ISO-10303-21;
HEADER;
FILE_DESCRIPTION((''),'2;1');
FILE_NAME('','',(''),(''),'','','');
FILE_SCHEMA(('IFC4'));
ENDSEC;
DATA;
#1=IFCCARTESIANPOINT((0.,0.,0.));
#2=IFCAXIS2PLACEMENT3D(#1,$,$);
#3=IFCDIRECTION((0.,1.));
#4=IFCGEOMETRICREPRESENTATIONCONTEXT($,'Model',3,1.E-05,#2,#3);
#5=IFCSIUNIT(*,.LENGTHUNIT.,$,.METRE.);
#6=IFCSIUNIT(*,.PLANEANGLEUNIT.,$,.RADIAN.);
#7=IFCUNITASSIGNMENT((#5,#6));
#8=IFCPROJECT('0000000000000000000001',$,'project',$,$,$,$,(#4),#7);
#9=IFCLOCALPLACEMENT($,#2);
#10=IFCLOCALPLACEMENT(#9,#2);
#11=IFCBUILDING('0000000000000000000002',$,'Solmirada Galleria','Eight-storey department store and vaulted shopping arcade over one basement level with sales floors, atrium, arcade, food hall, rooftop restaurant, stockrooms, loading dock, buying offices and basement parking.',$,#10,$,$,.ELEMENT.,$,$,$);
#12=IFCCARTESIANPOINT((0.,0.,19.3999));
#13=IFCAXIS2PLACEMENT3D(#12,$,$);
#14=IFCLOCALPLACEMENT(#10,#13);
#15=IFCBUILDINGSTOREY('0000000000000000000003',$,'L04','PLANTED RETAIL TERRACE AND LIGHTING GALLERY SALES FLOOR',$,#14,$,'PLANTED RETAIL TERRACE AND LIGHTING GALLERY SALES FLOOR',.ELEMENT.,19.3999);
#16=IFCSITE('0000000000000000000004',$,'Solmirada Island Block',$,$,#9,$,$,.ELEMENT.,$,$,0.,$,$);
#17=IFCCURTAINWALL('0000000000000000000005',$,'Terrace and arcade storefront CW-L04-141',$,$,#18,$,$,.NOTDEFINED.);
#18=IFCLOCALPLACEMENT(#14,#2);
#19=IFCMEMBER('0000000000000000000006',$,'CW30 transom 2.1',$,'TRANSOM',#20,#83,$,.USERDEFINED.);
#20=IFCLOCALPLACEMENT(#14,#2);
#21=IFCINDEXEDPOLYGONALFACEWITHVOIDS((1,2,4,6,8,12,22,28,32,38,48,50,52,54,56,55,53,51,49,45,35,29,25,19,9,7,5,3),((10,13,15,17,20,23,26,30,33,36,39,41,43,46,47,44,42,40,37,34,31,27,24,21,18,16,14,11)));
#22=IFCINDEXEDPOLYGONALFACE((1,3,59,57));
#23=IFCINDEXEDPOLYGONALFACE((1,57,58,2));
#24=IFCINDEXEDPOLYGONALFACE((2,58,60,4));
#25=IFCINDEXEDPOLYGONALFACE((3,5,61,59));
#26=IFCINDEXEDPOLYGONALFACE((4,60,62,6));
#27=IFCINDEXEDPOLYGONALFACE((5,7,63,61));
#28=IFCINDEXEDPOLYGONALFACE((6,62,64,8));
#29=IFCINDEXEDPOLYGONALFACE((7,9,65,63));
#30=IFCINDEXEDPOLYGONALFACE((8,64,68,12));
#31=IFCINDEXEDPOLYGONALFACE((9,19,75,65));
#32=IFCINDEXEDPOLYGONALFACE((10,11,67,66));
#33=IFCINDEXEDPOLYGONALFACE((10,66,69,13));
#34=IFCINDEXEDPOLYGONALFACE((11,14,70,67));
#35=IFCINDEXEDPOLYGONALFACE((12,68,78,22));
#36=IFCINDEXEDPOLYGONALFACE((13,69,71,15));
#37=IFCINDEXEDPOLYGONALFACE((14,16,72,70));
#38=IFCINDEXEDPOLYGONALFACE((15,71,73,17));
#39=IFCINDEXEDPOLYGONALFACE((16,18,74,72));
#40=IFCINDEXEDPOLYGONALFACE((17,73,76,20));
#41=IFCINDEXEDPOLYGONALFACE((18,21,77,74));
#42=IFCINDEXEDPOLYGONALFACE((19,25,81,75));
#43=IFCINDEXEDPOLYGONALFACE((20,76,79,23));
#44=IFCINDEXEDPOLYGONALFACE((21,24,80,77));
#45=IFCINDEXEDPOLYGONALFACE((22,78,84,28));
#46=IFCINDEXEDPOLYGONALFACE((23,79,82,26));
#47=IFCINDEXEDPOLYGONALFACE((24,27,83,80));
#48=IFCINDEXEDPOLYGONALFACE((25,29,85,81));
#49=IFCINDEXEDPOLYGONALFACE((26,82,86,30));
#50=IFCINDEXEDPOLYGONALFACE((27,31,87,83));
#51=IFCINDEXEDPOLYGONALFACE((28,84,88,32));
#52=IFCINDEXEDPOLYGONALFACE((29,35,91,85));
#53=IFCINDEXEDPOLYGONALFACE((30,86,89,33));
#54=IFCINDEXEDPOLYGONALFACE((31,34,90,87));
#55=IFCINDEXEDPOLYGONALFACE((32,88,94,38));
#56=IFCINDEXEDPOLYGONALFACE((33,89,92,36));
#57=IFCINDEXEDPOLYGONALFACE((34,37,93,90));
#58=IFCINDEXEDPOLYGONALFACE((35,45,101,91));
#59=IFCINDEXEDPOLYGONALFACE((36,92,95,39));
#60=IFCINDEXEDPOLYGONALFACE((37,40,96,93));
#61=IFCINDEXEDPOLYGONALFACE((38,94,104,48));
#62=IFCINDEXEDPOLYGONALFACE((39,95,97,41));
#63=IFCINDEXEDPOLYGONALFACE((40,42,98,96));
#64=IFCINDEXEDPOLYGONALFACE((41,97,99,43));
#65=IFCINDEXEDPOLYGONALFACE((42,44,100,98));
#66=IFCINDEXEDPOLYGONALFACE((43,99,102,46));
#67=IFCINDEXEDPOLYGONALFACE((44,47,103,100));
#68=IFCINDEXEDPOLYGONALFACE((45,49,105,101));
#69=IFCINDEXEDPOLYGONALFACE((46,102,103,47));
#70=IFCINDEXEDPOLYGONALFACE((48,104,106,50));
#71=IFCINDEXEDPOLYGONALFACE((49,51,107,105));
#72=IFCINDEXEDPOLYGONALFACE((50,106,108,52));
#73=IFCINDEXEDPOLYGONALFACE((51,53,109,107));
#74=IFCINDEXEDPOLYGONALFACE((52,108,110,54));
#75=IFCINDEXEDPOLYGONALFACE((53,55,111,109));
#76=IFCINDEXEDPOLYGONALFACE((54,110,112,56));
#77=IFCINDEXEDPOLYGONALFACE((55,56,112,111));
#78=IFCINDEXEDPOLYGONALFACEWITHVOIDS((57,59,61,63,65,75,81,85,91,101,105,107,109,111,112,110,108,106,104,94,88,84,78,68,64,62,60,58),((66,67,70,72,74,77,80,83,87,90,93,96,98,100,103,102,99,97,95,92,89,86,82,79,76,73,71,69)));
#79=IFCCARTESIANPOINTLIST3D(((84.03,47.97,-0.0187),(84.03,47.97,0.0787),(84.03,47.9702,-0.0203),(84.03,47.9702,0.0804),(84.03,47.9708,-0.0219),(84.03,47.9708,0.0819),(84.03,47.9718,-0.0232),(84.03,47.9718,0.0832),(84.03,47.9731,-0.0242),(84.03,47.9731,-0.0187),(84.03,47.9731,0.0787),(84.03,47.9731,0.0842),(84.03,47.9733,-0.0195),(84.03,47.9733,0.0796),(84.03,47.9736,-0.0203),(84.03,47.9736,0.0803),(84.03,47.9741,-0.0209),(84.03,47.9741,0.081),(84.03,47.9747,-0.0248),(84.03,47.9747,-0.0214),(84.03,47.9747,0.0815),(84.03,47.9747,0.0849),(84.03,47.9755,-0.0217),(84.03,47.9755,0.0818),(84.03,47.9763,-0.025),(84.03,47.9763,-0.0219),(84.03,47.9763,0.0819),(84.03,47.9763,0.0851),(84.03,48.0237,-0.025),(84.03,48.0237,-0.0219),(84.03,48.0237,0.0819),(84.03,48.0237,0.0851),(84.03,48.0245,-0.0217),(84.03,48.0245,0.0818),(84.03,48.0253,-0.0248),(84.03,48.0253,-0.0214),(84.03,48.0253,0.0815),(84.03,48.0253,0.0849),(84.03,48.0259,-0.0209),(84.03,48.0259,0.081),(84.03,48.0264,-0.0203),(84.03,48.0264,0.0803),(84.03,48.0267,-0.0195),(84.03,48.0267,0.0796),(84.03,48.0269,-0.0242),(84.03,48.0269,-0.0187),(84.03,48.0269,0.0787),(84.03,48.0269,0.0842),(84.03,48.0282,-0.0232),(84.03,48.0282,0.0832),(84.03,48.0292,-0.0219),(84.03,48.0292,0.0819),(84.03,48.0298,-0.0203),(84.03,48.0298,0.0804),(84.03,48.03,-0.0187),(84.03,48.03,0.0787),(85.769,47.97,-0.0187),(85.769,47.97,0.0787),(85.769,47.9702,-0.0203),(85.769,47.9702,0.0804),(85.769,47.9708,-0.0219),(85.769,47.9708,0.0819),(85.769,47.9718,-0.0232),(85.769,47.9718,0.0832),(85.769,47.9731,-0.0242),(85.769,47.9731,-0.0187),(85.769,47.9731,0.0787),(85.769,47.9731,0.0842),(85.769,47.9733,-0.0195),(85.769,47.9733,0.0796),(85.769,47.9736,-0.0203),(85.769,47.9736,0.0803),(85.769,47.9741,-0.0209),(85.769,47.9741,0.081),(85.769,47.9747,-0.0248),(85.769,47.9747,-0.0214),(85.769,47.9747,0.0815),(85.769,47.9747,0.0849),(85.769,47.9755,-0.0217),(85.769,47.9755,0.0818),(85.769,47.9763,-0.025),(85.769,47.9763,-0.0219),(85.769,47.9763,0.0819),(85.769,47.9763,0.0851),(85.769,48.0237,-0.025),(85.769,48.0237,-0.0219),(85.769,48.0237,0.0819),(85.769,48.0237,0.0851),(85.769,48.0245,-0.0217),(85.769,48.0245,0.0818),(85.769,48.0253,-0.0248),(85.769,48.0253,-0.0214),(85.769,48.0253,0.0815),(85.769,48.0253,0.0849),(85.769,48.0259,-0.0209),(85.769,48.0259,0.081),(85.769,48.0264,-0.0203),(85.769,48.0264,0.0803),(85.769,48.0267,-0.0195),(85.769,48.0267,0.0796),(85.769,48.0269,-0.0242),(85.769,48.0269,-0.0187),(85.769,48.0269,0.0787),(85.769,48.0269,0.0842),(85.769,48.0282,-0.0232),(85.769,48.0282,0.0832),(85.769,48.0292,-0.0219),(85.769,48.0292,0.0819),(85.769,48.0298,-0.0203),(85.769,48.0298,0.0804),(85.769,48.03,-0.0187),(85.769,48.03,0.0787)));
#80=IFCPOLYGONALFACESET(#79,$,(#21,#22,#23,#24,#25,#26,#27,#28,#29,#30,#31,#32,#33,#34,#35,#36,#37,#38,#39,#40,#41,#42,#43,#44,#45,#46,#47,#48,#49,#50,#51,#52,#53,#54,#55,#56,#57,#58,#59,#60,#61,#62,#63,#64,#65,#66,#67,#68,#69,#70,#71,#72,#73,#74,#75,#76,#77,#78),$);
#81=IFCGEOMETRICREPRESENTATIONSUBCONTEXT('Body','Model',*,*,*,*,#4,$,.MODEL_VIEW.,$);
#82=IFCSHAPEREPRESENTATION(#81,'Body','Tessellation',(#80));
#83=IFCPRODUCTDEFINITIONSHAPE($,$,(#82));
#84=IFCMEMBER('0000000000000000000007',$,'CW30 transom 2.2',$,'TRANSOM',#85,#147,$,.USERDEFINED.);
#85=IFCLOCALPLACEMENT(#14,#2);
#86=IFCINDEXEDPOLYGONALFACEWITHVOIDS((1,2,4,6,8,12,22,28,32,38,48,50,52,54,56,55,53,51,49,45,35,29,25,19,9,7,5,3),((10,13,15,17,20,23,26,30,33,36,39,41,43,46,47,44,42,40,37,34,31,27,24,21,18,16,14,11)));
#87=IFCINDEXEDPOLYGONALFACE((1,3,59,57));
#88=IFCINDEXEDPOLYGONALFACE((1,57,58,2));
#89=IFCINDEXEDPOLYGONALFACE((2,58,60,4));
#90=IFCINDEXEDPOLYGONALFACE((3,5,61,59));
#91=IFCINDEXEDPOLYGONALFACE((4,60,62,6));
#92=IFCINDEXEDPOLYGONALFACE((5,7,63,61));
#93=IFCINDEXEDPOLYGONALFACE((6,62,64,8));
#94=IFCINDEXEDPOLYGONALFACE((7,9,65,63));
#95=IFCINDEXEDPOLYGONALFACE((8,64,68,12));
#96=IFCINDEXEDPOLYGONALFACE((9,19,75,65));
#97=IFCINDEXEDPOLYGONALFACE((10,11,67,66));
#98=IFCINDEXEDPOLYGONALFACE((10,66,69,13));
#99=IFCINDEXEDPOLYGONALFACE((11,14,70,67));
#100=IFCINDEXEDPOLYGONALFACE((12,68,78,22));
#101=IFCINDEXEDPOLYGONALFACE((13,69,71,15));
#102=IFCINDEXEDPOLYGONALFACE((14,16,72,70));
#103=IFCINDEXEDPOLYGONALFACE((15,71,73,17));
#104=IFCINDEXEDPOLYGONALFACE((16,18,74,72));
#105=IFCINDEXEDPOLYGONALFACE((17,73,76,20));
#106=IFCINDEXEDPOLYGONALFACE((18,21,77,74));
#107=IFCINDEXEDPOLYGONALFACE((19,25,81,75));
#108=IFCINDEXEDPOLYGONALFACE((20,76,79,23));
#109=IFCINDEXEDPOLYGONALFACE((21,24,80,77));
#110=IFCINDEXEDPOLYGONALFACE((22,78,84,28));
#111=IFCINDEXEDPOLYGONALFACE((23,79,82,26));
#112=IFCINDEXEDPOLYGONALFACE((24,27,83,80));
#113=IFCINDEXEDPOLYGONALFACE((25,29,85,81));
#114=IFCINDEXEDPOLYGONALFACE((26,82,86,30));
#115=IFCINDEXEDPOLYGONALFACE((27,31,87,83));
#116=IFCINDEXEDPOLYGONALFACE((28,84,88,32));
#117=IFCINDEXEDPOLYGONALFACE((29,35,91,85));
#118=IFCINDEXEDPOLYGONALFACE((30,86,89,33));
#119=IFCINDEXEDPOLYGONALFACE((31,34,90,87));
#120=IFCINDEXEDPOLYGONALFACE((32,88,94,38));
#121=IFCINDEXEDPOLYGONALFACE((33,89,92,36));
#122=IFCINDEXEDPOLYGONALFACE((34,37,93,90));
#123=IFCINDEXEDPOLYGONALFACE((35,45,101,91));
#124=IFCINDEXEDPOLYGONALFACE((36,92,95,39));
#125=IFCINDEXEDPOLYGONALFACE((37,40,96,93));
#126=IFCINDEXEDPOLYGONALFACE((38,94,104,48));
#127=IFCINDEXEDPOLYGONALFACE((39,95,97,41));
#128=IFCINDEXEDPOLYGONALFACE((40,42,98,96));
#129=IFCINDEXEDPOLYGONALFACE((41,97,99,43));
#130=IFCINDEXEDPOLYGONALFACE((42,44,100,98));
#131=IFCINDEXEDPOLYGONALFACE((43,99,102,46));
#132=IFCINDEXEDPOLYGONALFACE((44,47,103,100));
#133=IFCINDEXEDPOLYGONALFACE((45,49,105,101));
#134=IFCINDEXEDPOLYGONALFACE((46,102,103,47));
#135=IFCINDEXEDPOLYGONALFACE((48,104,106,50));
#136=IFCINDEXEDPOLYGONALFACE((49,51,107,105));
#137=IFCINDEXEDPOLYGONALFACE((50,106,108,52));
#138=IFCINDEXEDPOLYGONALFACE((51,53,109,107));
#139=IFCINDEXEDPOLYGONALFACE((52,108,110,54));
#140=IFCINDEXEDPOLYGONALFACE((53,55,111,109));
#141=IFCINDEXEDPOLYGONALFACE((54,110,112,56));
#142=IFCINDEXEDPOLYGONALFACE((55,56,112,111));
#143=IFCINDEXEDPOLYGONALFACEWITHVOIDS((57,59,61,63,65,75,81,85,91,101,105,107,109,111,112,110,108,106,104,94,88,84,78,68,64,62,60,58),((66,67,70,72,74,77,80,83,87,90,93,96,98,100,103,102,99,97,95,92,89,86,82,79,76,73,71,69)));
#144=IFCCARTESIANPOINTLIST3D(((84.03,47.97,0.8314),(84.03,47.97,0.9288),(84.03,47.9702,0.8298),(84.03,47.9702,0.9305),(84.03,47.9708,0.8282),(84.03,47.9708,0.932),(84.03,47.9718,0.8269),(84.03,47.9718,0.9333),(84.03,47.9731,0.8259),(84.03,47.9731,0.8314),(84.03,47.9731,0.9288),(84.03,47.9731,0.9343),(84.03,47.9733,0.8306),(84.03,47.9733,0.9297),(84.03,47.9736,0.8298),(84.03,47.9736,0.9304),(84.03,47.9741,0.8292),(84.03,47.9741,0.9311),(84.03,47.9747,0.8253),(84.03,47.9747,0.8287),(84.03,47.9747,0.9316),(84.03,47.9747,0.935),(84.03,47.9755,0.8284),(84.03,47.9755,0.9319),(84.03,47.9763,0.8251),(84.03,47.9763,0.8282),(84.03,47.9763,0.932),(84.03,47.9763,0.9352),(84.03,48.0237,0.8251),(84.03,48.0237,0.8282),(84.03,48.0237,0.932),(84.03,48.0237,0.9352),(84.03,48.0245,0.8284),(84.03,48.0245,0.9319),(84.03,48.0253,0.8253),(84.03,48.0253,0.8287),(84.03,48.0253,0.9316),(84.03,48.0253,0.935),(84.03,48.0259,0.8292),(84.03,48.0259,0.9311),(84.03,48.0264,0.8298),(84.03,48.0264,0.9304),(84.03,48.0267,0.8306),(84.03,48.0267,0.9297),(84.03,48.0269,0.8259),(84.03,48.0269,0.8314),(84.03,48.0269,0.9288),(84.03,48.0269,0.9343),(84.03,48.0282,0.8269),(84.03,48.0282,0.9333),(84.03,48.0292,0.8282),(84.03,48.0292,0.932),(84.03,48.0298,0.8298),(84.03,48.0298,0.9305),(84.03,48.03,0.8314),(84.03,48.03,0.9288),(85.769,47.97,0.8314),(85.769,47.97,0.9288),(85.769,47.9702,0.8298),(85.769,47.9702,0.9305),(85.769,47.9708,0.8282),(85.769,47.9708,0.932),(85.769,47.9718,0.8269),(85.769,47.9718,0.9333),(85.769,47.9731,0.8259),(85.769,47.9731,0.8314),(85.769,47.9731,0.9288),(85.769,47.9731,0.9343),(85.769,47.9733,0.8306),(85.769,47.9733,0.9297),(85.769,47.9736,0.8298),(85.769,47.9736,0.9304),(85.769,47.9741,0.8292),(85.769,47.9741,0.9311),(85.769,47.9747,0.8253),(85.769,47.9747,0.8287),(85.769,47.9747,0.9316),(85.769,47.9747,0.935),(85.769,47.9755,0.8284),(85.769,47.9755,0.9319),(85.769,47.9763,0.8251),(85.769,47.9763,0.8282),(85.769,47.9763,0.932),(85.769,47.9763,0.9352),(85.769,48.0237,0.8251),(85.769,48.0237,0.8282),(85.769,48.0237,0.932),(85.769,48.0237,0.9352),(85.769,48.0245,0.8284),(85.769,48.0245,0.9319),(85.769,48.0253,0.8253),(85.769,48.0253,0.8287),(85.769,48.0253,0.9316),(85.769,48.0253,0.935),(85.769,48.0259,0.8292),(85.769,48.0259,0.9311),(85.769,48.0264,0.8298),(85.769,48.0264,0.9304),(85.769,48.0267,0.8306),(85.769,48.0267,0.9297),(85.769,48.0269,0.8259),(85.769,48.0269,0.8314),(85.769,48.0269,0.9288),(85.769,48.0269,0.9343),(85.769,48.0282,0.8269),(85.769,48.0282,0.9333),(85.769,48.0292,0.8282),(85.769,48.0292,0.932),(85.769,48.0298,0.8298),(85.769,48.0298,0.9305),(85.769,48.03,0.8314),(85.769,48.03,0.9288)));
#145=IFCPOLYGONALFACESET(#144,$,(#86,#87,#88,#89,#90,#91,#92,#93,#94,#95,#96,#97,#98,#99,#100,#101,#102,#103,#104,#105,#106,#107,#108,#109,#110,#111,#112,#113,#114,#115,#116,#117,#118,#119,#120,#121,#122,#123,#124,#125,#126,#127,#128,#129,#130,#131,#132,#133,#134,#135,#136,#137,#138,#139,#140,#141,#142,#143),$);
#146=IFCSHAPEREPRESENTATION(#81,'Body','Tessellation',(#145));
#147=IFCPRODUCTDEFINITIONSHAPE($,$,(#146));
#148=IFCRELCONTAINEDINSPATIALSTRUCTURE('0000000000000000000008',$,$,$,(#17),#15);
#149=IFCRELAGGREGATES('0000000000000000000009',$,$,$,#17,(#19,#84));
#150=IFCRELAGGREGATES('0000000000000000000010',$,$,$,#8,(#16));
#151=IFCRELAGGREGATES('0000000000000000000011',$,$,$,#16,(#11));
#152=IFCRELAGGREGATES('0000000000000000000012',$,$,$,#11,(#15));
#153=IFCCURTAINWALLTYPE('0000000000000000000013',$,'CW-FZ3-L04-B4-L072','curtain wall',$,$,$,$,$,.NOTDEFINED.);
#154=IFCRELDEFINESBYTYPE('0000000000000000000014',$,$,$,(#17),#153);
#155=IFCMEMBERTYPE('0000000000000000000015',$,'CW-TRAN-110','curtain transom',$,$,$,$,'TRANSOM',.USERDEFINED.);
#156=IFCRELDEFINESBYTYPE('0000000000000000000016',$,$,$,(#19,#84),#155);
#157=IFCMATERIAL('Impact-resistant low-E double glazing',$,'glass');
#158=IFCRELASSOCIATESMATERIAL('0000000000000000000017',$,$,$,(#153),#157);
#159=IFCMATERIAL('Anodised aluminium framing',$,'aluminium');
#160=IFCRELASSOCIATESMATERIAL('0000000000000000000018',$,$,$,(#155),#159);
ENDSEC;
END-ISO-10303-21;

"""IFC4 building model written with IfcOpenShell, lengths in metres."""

from ifc_helpers import new_model, si_unit, direction, frame, origin, origin_2d, place, context, subcontext, project, spatial, hollow_rectangle, extrude, material, material_profile, profile_set, type_object, element, aggregate, save


model = new_model("IFC4")

# Units and contexts
model_context = context("Model", 3, precision=1e-05, world=origin(), true_north=direction((0.0, 1.0)))
body_context = subcontext(model_context, "Body", "Model", "MODEL_VIEW")
ifc_project = project(units=[si_unit("LENGTHUNIT", "METRE"), si_unit("PLANEANGLEUNIT", "RADIAN")], contexts=[model_context])

# Site, building, storey
site_placement = place(None, origin())
site = spatial("IfcSite", under=ifc_project, at=site_placement, Name="Solmirada Island Block", CompositionType="ELEMENT", RefElevation=0.0)
building_placement = place(site_placement, origin())
building = spatial("IfcBuilding", under=site, at=building_placement, Name="Solmirada Galleria", Description="Eight-storey department store and vaulted shopping arcade over one basement level with sales floors, atrium, arcade, food hall, rooftop restaurant, stockrooms, loading dock, buying offices and basement parking.", CompositionType="ELEMENT")
storey_placement = place(building_placement, frame((0.0, 0.0, 19.3999)))
storey = spatial("IfcBuildingStorey", under=building, at=storey_placement, Name="L04", Description="PLANTED RETAIL TERRACE AND LIGHTING GALLERY SALES FLOOR", LongName="PLANTED RETAIL TERRACE AND LIGHTING GALLERY SALES FLOOR", CompositionType="ELEMENT", Elevation=19.3999)

# Curtain wall, members
ifc_material_1 = material(Name="Impact-resistant low-E double glazing", Category="glass")
curtain_wall_type = type_object("IfcCurtainWallType", Name="CW-FZ3-L04-B4-L072", Description="curtain wall", PredefinedType="NOTDEFINED", material=ifc_material_1)
curtain_wall_placement = place(storey_placement, origin())
curtain_wall = element("IfcCurtainWall", 1, at=curtain_wall_placement, inside=storey, type_object=curtain_wall_type, Name="Terrace and arcade storefront CW-L04-141", PredefinedType="NOTDEFINED")
ifc_material_2 = material(Name="Anodised aluminium framing", Category="aluminium")
ifc_material_profile_1 = material_profile(ifc_material_2, hollow_rectangle(XDim=0.0601, YDim=0.1101, WallThickness=0.0032, InnerFilletRadius=0.0032, OuterFilletRadius=0.0063, at=origin_2d()), Name="ALU-TRAN-110X60")
ifc_profile_set_1 = profile_set([ifc_material_profile_1], Name="Anodised aluminium framing")
member_type_1 = type_object("IfcMemberType", Name="CW-TRAN-110", Description="curtain transom", ElementType="TRANSOM", PredefinedType="USERDEFINED", material=ifc_profile_set_1)
member_1_placement = place(storey_placement, frame((85.769, 48.0, 0.03), z_axis=(-1.0, 0.0, 0.0), x_axis=(0.0, -1.0, 0.0)))
member_1 = element("IfcMember", 2, at=member_1_placement, type_object=member_type_1, Name="CW30 transom 2.1", ObjectType="TRANSOM", PredefinedType="USERDEFINED", context=body_context, shape_type="SweptSolid", body=[
    extrude(hollow_rectangle(XDim=0.0601, YDim=0.1101, WallThickness=0.0032, InnerFilletRadius=0.0032, OuterFilletRadius=0.0063, at=origin_2d()), origin(), (0.0, 0.0, 1.0), 1.739),
])
member_2_placement = place(storey_placement, frame((85.769, 48.0, 0.8801), z_axis=(-1.0, 0.0, 0.0), x_axis=(0.0, -1.0, 0.0)))
member_2 = element("IfcMember", 3, at=member_2_placement, type_object=member_type_1, Name="CW30 transom 2.2", ObjectType="TRANSOM", PredefinedType="USERDEFINED", context=body_context, shape_type="SweptSolid", body=[
    extrude(hollow_rectangle(XDim=0.0601, YDim=0.1101, WallThickness=0.0032, InnerFilletRadius=0.0032, OuterFilletRadius=0.0063, at=origin_2d()), origin(), (0.0, 0.0, 1.0), 1.739),
])
aggregate(curtain_wall, [member_1, member_2])

save(model, "model.ifc")
